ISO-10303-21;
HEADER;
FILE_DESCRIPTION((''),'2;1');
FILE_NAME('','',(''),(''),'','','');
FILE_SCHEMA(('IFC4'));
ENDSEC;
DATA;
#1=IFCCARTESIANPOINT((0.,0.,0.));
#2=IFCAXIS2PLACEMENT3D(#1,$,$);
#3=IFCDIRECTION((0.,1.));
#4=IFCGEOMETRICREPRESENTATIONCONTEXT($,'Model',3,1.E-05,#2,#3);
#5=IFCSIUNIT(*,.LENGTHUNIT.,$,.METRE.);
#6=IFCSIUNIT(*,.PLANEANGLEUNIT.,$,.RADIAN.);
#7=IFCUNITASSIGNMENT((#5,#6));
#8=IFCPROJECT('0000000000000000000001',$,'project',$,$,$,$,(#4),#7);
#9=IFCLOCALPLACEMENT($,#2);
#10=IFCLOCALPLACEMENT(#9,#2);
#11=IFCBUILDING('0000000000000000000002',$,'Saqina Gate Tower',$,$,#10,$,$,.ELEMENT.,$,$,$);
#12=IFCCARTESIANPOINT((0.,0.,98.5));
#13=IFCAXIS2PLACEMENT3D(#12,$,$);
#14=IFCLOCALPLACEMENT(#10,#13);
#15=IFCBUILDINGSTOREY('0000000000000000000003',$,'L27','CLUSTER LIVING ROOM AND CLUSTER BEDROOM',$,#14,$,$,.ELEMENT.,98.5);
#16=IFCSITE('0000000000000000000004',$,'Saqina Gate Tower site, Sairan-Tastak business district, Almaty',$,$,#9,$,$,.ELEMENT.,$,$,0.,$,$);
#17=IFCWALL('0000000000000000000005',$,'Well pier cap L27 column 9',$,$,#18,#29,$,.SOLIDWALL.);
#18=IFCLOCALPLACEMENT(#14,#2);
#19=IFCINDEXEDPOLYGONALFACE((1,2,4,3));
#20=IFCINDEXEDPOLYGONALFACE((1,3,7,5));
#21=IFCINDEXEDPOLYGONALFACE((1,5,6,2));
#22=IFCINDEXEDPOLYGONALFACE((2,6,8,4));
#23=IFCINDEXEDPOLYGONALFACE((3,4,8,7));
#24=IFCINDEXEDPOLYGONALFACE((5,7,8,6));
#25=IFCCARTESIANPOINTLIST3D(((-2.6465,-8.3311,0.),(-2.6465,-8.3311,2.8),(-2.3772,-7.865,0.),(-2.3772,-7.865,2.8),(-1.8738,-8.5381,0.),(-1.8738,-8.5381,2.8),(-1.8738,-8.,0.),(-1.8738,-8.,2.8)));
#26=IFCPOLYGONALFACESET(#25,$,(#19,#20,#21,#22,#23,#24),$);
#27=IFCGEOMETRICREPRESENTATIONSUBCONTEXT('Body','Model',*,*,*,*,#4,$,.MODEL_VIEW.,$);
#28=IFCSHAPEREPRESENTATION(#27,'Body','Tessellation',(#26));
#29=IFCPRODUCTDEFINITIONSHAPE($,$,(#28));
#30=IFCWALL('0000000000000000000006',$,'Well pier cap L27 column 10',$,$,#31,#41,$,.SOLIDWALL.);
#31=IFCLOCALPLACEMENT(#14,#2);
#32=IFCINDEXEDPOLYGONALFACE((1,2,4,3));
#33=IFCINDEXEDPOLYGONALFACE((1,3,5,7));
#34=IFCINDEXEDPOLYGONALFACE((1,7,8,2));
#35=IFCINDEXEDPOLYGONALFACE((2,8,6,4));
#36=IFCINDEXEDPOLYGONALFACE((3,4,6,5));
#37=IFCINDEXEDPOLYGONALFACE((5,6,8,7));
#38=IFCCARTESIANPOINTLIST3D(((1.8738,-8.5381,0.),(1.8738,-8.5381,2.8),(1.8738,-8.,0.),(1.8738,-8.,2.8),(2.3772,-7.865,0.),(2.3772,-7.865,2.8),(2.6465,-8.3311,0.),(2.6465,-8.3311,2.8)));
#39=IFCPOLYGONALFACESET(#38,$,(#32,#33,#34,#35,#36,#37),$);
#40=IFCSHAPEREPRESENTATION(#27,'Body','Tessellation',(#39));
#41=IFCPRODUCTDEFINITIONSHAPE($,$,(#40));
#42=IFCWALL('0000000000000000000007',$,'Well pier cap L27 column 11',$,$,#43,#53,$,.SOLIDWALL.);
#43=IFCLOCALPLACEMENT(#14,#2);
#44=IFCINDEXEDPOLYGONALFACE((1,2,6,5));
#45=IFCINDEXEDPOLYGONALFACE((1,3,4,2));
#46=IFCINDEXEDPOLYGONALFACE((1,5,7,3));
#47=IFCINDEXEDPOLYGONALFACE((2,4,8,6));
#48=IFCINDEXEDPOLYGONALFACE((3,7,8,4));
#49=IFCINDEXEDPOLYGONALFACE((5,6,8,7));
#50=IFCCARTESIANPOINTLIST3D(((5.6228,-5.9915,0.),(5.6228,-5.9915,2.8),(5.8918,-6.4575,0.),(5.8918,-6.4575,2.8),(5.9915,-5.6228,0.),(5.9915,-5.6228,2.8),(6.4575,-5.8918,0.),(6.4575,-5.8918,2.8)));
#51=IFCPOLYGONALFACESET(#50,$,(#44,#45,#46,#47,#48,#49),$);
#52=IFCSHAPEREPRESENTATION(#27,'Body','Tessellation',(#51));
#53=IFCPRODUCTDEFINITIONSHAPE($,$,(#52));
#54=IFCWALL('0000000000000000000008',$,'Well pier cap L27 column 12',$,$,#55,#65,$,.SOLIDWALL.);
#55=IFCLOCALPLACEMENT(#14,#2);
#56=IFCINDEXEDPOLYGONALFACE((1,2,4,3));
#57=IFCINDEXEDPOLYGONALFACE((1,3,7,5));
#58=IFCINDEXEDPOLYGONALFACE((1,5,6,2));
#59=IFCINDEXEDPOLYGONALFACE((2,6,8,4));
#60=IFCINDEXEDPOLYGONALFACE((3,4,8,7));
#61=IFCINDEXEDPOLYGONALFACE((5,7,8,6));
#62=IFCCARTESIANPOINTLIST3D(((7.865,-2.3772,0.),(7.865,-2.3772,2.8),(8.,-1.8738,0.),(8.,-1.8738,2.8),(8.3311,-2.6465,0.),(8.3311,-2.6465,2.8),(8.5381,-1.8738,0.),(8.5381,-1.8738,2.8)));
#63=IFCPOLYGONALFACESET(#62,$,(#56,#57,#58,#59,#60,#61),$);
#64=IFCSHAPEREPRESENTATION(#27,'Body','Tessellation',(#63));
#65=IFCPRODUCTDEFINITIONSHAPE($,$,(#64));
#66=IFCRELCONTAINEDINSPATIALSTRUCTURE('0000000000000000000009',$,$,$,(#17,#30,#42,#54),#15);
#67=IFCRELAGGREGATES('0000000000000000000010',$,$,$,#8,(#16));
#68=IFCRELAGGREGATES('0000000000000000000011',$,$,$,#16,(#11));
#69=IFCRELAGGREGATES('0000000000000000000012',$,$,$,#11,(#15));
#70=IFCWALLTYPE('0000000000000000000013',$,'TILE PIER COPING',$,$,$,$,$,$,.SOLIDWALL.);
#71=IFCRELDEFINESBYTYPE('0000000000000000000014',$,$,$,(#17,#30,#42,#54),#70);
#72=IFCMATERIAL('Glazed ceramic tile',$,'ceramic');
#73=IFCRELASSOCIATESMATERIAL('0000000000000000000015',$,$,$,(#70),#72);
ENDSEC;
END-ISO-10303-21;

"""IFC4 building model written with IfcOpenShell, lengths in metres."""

from ifc_helpers import new_model, si_unit, direction, frame, origin, place, context, subcontext, project, spatial, polyline, outline, extrude, material, type_object, element, save


model = new_model("IFC4")

# Units and contexts
model_context = context("Model", 3, precision=1e-05, world=origin(), true_north=direction((0.0, 1.0)))
body_context = subcontext(model_context, "Body", "Model", "MODEL_VIEW")
ifc_project = project(units=[si_unit("LENGTHUNIT", "METRE"), si_unit("PLANEANGLEUNIT", "RADIAN")], contexts=[model_context])

# Site, building, storey
site_placement = place(None, origin())
site = spatial("IfcSite", under=ifc_project, at=site_placement, Name="Saqina Gate Tower site, Sairan-Tastak business district, Almaty", CompositionType="ELEMENT", RefElevation=0.0)
building_placement = place(site_placement, origin())
building = spatial("IfcBuilding", under=site, at=building_placement, Name="Saqina Gate Tower", CompositionType="ELEMENT")
storey_placement = place(building_placement, frame((0.0, 0.0, 98.5)))
storey = spatial("IfcBuildingStorey", under=building, at=storey_placement, Name="L27", Description="CLUSTER LIVING ROOM AND CLUSTER BEDROOM", CompositionType="ELEMENT", Elevation=98.5)

# Walls
ifc_material_1 = material(Name="Glazed ceramic tile", Category="ceramic")
wall_type_1 = type_object("IfcWallType", Name="TILE PIER COPING", PredefinedType="SOLIDWALL", material=ifc_material_1)
wall_1_placement = place(storey_placement, origin())
element("IfcWall", 1, at=wall_1_placement, inside=storey, type_object=wall_type_1, Name="Well pier cap L27 column 9", PredefinedType="SOLIDWALL", context=body_context, shape_type="SweptSolid", body=[
    extrude(outline(polyline([(-1.8738, -8.5381), (-1.8738, -8.0), (-2.3772, -7.865), (-2.6465, -8.3311), (-1.8738, -8.5381)])), origin(), (0.0, 0.0, 1.0), 2.8),
])
wall_2_placement = place(storey_placement, origin())
element("IfcWall", 2, at=wall_2_placement, inside=storey, type_object=wall_type_1, Name="Well pier cap L27 column 10", PredefinedType="SOLIDWALL", context=body_context, shape_type="SweptSolid", body=[
    extrude(outline(polyline([(2.6465, -8.3311), (2.3772, -7.865), (1.8738, -8.0), (1.8738, -8.5381), (2.6465, -8.3311)])), origin(), (0.0, 0.0, 1.0), 2.8),
])
wall_3_placement = place(storey_placement, origin())
element("IfcWall", 3, at=wall_3_placement, inside=storey, type_object=wall_type_1, Name="Well pier cap L27 column 11", PredefinedType="SOLIDWALL", context=body_context, shape_type="SweptSolid", body=[
    extrude(outline(polyline([(5.8918, -6.4575), (6.4575, -5.8918), (5.9915, -5.6228), (5.6228, -5.9915), (5.8918, -6.4575)])), origin(), (0.0, 0.0, 1.0), 2.8),
])
wall_4_placement = place(storey_placement, origin())
element("IfcWall", 4, at=wall_4_placement, inside=storey, type_object=wall_type_1, Name="Well pier cap L27 column 12", PredefinedType="SOLIDWALL", context=body_context, shape_type="SweptSolid", body=[
    extrude(outline(polyline([(8.5381, -1.8738), (8.0, -1.8738), (7.865, -2.3772), (8.3311, -2.6465), (8.5381, -1.8738)])), origin(), (0.0, 0.0, 1.0), 2.8),
])

save(model, "model.ifc")
